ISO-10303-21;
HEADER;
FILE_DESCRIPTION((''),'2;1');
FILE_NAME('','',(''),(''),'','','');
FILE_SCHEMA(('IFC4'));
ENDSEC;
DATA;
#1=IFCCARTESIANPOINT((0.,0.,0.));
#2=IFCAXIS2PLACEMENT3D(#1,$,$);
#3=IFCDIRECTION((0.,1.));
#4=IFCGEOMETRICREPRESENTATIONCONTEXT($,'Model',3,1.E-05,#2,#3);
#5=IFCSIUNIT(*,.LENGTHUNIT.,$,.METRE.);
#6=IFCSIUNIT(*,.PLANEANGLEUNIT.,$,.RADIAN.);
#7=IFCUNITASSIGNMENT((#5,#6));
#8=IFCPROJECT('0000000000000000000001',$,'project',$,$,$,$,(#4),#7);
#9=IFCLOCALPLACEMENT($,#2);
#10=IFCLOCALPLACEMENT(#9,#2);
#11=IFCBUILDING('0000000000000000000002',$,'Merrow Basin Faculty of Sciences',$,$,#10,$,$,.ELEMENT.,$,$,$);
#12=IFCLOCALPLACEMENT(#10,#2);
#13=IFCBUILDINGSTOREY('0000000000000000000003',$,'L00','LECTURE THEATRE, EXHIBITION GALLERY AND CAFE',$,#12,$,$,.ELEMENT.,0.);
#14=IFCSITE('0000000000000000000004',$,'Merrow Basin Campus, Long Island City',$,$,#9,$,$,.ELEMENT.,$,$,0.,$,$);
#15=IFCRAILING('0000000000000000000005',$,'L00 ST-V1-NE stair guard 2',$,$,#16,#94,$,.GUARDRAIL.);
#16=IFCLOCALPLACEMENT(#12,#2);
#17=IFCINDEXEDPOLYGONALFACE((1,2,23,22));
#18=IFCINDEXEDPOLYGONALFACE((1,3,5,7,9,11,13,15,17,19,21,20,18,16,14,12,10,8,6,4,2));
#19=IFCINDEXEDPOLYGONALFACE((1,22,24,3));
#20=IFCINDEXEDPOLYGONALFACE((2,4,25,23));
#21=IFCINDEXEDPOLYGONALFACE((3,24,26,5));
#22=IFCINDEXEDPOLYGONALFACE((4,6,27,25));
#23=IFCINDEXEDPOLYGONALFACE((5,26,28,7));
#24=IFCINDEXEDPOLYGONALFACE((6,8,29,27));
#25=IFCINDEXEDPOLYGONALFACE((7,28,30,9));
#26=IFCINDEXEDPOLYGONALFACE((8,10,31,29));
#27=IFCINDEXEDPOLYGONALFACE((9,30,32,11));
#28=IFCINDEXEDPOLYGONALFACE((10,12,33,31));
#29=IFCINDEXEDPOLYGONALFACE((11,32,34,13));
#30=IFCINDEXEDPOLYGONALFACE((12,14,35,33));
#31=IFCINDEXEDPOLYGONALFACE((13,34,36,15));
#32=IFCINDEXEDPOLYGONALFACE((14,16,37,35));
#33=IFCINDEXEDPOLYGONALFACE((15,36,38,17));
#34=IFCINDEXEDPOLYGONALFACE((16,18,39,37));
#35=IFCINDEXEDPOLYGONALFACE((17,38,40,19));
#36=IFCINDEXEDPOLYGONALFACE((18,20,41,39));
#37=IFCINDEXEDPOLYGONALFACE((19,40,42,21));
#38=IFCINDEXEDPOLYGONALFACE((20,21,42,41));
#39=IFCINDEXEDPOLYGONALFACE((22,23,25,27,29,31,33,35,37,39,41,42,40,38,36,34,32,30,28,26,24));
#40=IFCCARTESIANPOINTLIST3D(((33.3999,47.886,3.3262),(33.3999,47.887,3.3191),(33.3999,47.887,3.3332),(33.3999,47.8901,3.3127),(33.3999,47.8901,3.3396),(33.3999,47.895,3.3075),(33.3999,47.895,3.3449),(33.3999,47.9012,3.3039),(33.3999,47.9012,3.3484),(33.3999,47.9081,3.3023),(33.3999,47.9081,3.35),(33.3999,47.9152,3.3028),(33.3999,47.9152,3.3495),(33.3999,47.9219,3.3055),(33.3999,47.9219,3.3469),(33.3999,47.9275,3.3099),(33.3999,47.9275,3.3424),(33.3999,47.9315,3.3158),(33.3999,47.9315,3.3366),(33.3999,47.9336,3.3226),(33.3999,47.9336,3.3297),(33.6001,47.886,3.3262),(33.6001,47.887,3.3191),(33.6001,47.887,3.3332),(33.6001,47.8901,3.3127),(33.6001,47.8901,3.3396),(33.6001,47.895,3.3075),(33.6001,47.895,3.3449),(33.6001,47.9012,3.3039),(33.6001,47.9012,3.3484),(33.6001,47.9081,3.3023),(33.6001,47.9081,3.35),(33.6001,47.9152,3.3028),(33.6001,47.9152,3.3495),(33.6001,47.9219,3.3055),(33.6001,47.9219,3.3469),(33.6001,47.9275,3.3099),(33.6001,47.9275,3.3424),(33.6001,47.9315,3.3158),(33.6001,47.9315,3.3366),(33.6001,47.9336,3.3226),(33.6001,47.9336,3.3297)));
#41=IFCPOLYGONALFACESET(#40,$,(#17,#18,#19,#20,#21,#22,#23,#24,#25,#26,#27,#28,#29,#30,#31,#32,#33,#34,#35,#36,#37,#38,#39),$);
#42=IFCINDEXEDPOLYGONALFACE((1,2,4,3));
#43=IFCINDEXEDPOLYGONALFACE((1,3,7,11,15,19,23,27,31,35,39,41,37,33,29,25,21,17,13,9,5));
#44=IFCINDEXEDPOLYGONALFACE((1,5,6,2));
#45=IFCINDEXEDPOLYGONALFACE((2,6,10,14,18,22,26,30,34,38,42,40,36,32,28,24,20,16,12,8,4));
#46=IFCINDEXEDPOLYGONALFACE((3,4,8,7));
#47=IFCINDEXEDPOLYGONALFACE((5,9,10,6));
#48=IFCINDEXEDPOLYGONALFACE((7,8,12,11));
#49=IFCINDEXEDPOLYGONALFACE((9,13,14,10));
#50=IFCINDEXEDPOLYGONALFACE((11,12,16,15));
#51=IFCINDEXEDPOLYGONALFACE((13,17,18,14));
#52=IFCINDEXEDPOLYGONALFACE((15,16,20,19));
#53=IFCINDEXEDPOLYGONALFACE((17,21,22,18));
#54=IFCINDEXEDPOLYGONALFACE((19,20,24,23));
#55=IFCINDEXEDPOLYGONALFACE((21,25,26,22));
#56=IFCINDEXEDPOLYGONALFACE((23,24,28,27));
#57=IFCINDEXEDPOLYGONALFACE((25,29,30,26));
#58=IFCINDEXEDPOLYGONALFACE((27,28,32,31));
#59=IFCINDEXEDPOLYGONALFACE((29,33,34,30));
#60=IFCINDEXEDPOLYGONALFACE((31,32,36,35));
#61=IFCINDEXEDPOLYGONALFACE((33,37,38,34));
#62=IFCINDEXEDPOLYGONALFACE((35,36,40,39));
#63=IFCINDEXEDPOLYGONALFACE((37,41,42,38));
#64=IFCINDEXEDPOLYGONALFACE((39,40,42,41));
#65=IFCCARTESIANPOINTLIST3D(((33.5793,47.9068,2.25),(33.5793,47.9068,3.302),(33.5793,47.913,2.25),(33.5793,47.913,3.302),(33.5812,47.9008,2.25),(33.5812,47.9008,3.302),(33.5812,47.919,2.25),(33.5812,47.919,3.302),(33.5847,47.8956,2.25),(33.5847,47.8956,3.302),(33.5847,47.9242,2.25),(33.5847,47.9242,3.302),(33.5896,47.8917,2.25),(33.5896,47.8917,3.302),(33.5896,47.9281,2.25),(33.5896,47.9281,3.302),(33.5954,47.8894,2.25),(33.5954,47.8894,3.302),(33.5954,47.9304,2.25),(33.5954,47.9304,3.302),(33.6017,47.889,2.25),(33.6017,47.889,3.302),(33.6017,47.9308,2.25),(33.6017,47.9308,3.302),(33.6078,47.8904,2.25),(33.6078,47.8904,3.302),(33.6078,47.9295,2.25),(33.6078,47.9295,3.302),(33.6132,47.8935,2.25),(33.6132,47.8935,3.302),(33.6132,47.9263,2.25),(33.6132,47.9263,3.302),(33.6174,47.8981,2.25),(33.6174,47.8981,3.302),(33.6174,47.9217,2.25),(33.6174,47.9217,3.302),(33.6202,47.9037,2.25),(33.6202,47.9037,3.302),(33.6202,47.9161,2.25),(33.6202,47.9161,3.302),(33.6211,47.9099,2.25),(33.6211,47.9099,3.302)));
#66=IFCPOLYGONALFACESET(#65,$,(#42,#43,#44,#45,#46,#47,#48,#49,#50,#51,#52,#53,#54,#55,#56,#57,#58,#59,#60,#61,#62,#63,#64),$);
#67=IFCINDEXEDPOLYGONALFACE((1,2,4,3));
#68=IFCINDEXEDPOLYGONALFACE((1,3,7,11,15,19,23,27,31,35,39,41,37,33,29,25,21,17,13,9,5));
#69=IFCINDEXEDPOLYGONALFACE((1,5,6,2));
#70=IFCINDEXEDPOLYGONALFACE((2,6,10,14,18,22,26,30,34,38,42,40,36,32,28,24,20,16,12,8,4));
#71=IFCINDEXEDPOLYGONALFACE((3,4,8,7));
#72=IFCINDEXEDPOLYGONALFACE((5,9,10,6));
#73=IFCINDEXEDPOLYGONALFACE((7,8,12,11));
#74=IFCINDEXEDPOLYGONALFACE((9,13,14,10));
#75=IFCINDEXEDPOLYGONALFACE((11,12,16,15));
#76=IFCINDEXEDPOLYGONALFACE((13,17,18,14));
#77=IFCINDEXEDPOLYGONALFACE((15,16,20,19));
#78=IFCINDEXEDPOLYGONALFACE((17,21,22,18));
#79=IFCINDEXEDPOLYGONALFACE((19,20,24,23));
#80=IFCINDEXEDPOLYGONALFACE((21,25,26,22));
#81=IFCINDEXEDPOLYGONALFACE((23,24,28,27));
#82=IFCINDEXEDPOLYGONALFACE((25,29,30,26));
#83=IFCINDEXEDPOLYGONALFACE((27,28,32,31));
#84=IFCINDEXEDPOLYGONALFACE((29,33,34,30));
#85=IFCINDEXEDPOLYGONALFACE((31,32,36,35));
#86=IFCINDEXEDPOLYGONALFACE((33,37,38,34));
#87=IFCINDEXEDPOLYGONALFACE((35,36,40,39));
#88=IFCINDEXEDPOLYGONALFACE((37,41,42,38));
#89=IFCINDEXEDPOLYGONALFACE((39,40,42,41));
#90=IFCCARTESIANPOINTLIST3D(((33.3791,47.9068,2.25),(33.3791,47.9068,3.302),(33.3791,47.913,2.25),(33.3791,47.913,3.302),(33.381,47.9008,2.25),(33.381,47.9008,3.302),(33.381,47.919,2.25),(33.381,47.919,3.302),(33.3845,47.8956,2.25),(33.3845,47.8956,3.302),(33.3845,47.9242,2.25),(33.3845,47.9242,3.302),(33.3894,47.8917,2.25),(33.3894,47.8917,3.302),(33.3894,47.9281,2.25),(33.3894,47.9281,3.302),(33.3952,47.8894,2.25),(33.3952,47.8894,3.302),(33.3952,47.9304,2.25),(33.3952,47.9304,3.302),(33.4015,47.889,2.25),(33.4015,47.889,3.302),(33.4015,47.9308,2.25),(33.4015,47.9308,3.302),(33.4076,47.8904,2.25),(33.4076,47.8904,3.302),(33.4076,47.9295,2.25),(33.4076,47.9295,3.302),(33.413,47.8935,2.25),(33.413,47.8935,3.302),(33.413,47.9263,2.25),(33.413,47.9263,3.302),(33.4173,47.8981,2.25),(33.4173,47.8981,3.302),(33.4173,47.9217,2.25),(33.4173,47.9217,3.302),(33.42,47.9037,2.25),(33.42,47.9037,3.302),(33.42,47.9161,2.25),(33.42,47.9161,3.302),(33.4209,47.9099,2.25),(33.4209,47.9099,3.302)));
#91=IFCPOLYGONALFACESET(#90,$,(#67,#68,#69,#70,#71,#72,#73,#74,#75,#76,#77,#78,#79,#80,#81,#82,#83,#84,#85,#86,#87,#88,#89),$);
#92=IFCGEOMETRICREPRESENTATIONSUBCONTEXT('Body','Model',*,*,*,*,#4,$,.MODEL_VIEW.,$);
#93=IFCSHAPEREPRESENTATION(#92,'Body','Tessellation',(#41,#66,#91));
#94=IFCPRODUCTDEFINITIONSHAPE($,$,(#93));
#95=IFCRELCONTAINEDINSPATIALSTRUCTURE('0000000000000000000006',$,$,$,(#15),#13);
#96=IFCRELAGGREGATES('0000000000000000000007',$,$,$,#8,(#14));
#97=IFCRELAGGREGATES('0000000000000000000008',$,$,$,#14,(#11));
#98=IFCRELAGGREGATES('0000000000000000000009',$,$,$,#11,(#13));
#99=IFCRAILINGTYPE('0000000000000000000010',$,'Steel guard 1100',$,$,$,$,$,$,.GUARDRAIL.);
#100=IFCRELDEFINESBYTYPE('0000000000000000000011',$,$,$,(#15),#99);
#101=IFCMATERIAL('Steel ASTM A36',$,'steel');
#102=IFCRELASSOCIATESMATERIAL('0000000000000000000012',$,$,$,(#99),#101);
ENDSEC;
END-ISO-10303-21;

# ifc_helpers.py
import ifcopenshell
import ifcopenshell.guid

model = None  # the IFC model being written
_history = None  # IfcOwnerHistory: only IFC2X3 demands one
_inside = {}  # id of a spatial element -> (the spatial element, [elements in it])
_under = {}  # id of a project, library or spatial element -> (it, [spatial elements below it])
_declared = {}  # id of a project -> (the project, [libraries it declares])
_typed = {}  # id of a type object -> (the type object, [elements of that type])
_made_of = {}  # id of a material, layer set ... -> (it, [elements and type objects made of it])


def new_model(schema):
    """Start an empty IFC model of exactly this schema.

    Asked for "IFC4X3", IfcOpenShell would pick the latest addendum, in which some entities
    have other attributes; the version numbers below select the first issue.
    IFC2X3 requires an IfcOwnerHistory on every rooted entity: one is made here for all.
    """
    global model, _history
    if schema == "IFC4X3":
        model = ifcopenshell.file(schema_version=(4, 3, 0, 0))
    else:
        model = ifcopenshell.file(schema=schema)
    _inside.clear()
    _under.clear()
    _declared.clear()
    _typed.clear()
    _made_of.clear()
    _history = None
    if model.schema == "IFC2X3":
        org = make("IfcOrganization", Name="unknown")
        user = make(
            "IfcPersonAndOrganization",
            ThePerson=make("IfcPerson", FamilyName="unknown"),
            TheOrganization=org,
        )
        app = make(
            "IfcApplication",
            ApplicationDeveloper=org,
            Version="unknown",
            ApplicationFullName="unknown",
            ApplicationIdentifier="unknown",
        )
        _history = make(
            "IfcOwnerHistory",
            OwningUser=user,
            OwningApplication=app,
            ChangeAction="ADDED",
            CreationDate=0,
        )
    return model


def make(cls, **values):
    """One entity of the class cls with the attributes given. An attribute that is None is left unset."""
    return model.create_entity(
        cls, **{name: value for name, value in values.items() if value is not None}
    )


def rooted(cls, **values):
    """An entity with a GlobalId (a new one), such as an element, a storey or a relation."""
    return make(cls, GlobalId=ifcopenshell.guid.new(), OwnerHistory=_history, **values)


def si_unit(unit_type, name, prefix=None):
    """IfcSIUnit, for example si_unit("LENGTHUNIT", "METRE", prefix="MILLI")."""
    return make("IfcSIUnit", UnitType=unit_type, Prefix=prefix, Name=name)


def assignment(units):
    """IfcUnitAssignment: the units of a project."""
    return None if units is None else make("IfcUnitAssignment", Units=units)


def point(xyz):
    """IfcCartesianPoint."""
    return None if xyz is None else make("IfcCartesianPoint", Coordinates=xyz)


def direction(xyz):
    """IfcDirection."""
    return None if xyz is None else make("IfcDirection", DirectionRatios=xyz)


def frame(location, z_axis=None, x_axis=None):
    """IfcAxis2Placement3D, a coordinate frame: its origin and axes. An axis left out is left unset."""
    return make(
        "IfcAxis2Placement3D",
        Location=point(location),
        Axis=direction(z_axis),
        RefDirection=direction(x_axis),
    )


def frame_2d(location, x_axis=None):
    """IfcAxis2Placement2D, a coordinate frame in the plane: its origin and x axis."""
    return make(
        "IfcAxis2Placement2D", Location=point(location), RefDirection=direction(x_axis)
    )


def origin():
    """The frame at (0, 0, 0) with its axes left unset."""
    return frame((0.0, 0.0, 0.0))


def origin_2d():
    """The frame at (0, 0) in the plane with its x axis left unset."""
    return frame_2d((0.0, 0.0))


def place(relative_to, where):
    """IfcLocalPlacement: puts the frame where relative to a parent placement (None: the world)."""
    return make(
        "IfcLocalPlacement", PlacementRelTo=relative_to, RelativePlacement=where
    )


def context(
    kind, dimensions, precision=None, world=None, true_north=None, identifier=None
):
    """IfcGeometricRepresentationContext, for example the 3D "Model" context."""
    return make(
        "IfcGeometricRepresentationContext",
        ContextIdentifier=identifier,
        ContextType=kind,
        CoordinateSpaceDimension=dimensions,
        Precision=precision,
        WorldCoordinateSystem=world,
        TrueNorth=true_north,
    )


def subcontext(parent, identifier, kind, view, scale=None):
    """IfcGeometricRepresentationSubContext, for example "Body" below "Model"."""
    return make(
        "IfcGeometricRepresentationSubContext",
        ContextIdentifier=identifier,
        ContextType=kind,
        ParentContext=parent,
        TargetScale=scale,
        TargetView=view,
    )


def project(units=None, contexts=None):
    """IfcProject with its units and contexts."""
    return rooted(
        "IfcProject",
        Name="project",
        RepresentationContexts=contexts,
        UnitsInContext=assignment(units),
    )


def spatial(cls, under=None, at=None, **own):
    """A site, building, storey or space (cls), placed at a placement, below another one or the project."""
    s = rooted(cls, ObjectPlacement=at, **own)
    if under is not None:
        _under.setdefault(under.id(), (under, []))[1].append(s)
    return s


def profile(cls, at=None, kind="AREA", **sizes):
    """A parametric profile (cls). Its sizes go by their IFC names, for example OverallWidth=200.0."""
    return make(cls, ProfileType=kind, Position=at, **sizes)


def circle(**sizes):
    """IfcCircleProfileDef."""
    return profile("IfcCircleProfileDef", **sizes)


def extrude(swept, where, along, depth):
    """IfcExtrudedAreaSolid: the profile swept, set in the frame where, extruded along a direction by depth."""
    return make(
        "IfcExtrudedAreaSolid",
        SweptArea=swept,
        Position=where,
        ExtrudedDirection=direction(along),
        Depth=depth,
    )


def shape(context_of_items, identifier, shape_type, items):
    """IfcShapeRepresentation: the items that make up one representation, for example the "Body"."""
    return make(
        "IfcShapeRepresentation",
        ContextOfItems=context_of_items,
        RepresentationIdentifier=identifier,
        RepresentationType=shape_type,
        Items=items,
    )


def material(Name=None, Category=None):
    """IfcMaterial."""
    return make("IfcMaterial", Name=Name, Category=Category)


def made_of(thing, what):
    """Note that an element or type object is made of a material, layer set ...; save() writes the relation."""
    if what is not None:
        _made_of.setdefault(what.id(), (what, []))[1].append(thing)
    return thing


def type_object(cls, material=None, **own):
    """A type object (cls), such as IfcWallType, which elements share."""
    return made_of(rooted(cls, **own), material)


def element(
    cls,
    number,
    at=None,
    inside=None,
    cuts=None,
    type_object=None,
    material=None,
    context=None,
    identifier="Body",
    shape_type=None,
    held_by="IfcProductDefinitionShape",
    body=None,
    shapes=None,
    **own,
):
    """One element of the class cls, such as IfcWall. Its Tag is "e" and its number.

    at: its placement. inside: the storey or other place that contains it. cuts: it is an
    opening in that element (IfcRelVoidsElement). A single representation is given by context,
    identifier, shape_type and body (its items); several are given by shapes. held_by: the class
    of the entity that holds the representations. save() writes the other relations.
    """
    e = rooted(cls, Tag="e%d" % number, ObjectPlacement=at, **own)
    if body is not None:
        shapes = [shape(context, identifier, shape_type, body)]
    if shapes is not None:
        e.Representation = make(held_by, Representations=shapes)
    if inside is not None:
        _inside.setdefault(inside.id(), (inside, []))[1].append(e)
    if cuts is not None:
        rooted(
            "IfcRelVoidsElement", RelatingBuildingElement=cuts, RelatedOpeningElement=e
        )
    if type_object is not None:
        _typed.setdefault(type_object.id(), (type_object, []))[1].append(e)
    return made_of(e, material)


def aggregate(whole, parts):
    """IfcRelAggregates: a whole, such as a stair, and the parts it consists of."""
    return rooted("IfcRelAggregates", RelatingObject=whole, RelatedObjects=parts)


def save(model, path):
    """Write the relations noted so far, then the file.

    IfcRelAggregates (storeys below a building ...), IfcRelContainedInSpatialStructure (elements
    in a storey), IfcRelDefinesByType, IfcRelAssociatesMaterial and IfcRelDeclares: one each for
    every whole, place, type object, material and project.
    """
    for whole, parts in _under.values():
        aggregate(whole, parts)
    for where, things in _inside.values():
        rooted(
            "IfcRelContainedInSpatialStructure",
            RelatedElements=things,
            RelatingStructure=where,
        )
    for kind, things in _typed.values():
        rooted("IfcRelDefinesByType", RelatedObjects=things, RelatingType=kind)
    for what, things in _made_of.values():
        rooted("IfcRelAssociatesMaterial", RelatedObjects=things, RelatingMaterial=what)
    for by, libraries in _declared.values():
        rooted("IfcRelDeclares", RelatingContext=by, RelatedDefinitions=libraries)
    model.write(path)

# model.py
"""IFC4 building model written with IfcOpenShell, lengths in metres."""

from ifc_helpers import new_model, si_unit, direction, frame, origin, origin_2d, place, context, subcontext, project, spatial, circle, extrude, material, type_object, element, save


model = new_model("IFC4")

# Units and contexts
model_context = context("Model", 3, precision=1e-05, world=origin(), true_north=direction((0.0, 1.0)))
body_context = subcontext(model_context, "Body", "Model", "MODEL_VIEW")
ifc_project = project(units=[si_unit("LENGTHUNIT", "METRE"), si_unit("PLANEANGLEUNIT", "RADIAN")], contexts=[model_context])

# Site, building, storey
site_placement = place(None, origin())
site = spatial("IfcSite", under=ifc_project, at=site_placement, Name="Merrow Basin Campus, Long Island City", CompositionType="ELEMENT", RefElevation=0.0)
building_placement = place(site_placement, origin())
building = spatial("IfcBuilding", under=site, at=building_placement, Name="Merrow Basin Faculty of Sciences", CompositionType="ELEMENT")
storey_placement = place(building_placement, origin())
storey = spatial("IfcBuildingStorey", under=building, at=storey_placement, Name="L00", Description="LECTURE THEATRE, EXHIBITION GALLERY AND CAFE", CompositionType="ELEMENT", Elevation=0.0)

# Railing
ifc_material_1 = material(Name="Steel ASTM A36", Category="steel")
railing_type_1 = type_object("IfcRailingType", Name="Steel guard 1100", PredefinedType="GUARDRAIL", material=ifc_material_1)
railing_1_placement = place(storey_placement, frame((33.6001, 47.9099, 2.25)))
element("IfcRailing", 1, at=railing_1_placement, inside=storey, type_object=railing_type_1, Name="L00 ST-V1-NE stair guard 2", PredefinedType="GUARDRAIL", context=body_context, shape_type="SweptSolid", body=[
    extrude(circle(Radius=0.0239, at=origin_2d()), frame((0.0, 0.0, 1.0762), z_axis=(-1.0, 0.0, 0.0), x_axis=(0.0, -1.0, 0.0)), (0.0, 0.0, 1.0), 0.2002),
    extrude(circle(Radius=0.021, at=origin_2d()), origin(), (0.0, 0.0, 1.0), 1.052),
    extrude(circle(Radius=0.021, at=origin_2d()), frame((-0.2002, 0.0, 0.0)), (0.0, 0.0, 1.0), 1.052),
])

save(model, "model.ifc")
